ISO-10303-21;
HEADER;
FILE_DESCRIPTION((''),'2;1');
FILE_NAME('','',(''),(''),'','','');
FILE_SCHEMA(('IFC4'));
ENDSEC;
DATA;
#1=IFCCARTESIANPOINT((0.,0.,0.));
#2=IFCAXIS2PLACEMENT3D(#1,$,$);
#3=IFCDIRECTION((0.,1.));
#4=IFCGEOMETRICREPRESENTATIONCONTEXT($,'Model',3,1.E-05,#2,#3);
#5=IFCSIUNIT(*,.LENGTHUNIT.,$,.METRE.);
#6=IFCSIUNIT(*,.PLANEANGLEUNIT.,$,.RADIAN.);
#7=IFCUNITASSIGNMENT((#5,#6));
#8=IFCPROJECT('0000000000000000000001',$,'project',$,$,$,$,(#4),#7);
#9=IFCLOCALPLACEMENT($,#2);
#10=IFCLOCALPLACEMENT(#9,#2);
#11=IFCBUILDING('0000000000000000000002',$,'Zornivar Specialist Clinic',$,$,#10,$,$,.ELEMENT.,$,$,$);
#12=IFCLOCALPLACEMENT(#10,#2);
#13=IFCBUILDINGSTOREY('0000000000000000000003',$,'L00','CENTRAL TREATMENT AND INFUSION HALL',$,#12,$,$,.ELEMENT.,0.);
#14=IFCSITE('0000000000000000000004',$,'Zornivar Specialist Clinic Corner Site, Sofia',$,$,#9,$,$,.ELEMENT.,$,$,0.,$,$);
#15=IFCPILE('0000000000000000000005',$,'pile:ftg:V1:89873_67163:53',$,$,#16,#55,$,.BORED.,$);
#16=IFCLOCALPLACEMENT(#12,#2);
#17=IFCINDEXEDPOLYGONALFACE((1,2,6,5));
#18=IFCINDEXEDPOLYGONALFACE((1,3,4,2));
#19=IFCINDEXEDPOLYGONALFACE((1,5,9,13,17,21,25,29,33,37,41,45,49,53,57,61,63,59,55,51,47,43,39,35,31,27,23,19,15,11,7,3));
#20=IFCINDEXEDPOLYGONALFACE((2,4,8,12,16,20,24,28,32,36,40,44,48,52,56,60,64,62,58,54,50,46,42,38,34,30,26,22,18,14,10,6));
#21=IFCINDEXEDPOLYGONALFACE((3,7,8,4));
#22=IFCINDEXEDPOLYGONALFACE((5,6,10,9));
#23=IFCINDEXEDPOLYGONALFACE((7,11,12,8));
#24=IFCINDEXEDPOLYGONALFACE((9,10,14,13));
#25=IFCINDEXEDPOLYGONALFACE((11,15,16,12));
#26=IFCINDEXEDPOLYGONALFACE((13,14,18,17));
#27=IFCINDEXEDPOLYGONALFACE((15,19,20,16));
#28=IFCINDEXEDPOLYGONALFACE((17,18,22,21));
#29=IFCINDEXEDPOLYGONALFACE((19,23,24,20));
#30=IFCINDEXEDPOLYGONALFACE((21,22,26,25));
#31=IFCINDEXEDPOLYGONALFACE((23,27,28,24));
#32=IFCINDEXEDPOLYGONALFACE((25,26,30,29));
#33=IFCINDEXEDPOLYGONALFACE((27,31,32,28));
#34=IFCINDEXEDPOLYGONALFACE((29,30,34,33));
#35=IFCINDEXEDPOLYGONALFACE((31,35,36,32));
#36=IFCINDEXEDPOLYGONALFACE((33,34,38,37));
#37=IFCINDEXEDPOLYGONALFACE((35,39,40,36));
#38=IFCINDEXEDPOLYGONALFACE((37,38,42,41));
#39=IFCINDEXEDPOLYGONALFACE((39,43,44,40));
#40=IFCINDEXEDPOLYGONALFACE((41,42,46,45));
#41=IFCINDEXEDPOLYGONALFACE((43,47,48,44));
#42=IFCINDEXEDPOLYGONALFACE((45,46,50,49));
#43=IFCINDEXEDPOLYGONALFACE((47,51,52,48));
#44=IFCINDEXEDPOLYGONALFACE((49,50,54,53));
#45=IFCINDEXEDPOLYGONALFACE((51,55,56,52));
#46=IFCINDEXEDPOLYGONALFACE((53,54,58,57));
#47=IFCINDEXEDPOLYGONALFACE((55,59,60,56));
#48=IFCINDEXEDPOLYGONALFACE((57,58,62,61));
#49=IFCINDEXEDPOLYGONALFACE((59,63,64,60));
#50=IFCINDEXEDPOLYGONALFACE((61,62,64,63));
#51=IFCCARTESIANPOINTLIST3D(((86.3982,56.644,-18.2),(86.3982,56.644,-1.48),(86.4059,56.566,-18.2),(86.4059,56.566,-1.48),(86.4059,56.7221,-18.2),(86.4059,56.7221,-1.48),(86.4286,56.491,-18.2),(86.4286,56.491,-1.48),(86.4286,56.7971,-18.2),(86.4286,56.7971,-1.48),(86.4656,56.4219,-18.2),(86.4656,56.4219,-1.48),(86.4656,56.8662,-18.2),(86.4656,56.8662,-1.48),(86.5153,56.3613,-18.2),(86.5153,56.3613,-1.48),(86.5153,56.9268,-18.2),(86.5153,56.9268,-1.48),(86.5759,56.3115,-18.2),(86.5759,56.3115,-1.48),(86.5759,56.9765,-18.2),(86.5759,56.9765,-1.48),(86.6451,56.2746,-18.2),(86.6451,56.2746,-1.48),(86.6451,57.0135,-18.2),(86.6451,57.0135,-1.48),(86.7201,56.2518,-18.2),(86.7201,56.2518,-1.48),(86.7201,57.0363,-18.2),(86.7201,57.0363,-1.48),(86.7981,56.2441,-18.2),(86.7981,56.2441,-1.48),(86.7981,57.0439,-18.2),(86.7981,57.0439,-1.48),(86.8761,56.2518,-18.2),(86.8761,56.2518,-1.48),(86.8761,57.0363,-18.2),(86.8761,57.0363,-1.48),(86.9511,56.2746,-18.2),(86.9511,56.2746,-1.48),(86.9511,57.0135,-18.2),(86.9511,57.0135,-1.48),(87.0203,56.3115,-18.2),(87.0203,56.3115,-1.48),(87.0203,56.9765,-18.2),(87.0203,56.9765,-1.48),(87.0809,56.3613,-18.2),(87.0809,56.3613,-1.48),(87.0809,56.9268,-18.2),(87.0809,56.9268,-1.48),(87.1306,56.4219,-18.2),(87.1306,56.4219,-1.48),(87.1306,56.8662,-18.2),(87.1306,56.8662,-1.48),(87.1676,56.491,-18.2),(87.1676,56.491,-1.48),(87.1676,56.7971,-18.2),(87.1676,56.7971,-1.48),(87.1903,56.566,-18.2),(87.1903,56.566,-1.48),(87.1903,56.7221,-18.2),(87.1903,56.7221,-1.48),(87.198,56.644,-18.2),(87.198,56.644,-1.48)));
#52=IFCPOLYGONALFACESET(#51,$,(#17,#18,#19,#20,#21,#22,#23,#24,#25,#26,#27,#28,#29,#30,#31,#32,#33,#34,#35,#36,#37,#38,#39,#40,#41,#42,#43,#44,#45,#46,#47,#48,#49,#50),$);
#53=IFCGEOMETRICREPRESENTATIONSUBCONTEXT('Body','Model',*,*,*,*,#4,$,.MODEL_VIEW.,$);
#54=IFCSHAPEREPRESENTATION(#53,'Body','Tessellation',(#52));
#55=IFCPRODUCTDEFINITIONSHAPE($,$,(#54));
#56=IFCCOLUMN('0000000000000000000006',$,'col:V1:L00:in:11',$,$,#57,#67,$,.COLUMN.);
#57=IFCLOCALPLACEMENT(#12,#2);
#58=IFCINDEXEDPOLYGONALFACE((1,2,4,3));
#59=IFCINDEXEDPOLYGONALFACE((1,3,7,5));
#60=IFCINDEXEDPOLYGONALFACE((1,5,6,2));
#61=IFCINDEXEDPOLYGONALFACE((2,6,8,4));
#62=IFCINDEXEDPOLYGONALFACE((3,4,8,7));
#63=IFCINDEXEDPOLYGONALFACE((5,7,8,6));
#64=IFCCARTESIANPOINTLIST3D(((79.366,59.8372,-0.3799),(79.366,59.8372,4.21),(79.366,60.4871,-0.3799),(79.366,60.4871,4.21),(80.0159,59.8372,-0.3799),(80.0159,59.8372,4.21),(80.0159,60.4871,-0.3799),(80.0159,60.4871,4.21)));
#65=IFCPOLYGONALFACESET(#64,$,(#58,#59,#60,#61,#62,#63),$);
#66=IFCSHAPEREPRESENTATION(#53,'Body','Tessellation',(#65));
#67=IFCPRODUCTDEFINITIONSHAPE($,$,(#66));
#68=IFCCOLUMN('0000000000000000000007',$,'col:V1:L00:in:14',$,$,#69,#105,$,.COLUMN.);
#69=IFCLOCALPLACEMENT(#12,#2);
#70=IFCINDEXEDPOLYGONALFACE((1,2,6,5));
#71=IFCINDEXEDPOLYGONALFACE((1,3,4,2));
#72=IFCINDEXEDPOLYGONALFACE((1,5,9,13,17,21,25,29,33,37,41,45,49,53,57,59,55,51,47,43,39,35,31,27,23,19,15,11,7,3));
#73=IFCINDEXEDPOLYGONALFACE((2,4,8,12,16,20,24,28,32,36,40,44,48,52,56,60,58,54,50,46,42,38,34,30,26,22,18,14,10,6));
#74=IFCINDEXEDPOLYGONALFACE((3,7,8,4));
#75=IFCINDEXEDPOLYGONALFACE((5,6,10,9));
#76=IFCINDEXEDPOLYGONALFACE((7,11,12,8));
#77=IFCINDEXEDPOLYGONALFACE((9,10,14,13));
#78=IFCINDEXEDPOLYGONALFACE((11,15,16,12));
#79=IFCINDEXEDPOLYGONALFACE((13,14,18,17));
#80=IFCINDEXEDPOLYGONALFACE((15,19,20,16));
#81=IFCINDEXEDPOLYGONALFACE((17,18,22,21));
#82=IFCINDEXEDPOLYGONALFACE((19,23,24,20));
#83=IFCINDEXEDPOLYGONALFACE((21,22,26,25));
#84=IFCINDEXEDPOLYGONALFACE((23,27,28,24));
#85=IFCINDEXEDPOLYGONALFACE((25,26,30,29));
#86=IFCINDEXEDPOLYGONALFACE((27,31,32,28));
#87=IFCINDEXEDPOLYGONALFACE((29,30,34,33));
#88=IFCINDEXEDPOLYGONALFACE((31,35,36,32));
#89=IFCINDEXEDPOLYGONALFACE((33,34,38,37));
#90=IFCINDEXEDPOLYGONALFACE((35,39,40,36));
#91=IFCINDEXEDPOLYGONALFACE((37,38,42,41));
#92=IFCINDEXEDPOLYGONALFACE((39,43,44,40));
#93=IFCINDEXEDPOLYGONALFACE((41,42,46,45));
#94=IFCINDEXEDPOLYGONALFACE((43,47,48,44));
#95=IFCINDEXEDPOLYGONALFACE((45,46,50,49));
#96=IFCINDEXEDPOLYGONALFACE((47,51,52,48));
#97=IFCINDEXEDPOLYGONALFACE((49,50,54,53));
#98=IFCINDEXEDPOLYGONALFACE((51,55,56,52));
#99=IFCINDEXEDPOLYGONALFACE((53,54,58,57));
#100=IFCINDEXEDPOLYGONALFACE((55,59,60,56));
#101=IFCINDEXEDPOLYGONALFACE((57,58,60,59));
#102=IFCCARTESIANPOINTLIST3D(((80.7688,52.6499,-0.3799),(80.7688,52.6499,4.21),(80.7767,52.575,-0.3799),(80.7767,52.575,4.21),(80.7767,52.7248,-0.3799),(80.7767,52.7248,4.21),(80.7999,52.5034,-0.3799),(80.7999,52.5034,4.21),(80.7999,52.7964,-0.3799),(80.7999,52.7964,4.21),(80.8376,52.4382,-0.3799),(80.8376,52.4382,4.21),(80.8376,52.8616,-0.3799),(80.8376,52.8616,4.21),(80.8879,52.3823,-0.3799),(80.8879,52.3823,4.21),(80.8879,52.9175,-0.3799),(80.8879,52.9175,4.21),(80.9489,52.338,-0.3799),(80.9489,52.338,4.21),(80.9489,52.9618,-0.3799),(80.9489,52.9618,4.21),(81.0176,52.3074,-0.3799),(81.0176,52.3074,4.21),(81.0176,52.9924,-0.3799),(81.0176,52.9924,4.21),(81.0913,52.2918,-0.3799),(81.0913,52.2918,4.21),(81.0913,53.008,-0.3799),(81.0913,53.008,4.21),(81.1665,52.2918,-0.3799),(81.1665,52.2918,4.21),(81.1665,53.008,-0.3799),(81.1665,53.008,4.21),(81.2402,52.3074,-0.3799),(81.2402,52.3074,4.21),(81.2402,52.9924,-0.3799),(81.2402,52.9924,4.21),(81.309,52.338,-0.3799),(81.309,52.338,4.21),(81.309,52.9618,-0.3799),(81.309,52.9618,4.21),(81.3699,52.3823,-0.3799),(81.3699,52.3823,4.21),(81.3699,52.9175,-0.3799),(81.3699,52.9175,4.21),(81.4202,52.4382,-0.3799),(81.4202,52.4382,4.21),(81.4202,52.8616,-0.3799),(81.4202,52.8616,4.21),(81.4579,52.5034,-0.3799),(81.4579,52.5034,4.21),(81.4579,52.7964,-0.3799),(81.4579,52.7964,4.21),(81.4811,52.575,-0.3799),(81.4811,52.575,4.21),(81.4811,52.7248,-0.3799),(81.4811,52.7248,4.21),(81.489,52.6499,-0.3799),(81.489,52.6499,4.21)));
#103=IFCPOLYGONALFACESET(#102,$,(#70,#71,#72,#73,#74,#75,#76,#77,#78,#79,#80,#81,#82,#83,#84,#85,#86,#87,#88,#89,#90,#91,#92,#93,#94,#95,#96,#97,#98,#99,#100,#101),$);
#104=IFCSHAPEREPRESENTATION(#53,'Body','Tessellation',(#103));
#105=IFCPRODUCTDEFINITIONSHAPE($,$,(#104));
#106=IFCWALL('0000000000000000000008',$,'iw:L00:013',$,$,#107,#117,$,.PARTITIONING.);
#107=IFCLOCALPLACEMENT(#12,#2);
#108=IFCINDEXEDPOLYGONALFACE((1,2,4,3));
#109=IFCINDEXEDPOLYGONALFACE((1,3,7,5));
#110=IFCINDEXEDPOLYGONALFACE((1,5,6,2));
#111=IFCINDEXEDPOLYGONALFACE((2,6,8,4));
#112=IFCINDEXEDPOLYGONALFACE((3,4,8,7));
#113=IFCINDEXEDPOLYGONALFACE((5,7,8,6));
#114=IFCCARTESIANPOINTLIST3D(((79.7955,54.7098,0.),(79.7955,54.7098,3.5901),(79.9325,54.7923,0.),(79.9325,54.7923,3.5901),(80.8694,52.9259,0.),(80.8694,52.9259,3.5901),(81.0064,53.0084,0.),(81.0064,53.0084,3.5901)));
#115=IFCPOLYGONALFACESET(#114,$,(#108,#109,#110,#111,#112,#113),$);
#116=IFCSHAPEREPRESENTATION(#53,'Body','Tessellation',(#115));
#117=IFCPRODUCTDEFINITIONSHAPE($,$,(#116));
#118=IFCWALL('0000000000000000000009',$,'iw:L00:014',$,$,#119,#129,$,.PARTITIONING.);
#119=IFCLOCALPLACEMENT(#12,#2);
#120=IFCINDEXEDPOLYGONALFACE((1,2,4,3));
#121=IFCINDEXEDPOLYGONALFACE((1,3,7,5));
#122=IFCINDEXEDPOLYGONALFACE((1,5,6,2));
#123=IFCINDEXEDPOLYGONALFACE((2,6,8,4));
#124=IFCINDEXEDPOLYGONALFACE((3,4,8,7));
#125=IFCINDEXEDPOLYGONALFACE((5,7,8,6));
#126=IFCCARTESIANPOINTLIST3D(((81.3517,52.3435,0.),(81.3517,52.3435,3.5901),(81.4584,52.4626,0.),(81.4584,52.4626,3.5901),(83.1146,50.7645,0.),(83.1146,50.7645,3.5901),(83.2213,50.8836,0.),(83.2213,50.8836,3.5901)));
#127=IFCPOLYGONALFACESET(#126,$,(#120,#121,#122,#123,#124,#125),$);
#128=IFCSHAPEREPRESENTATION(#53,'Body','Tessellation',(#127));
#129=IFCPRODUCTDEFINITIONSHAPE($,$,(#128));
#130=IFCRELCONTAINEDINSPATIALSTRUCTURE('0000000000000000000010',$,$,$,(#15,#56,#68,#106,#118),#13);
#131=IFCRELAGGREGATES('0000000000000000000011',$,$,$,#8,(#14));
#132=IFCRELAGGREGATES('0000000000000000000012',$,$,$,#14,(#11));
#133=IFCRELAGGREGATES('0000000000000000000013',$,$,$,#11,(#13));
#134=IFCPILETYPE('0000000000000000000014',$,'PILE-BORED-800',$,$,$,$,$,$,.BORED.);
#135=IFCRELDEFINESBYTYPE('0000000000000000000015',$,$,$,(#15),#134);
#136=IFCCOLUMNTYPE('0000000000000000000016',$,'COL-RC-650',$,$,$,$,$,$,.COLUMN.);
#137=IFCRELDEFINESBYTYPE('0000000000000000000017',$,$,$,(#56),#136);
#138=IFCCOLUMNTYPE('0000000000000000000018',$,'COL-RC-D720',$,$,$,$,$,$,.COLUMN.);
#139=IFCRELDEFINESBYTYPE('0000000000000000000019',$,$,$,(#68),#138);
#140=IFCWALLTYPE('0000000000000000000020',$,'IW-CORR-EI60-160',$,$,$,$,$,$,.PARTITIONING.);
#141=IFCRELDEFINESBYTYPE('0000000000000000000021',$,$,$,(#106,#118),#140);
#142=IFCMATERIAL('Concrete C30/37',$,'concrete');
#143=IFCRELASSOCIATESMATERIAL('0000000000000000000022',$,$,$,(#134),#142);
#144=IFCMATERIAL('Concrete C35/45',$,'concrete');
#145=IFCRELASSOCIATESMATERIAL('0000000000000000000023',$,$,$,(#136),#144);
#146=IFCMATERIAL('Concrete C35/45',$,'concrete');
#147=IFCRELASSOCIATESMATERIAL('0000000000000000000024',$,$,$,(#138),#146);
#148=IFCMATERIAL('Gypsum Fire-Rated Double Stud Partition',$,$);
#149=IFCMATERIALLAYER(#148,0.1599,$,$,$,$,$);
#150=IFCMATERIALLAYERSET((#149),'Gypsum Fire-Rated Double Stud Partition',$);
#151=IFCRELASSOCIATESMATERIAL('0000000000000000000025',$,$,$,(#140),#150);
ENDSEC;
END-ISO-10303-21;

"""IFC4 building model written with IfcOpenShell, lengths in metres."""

from ifc_helpers import new_model, si_unit, direction, frame, frame_2d, origin, origin_2d, place, context, subcontext, project, spatial, rectangle, circle, extrude, material, layer, layer_set, material_profile, profile_set, type_object, element, save


model = new_model("IFC4")

# Units and contexts
model_context = context("Model", 3, precision=1e-05, world=origin(), true_north=direction((0.0, 1.0)))
body_context = subcontext(model_context, "Body", "Model", "MODEL_VIEW")
ifc_project = project(units=[si_unit("LENGTHUNIT", "METRE"), si_unit("PLANEANGLEUNIT", "RADIAN")], contexts=[model_context])

# Site, building, storey
site_placement = place(None, origin())
site = spatial("IfcSite", under=ifc_project, at=site_placement, Name="Zornivar Specialist Clinic Corner Site, Sofia", CompositionType="ELEMENT", RefElevation=0.0)
building_placement = place(site_placement, origin())
building = spatial("IfcBuilding", under=site, at=building_placement, Name="Zornivar Specialist Clinic", CompositionType="ELEMENT")
storey_placement = place(building_placement, origin())
storey = spatial("IfcBuildingStorey", under=building, at=storey_placement, Name="L00", Description="CENTRAL TREATMENT AND INFUSION HALL", CompositionType="ELEMENT", Elevation=0.0)

# Pile
ifc_material_1 = material(Name="Concrete C30/37", Category="concrete")
ifc_material_profile_1 = material_profile(ifc_material_1, circle(Radius=0.3999, at=origin_2d()), Name="PILE D800")
ifc_profile_set_1 = profile_set([ifc_material_profile_1], Name="Concrete C30/37")
pile_type = type_object("IfcPileType", Name="PILE-BORED-800", PredefinedType="BORED", material=ifc_profile_set_1)
for number, where, z_axis, x_axis, name in (
    (1, (86.7981, 56.644, -1.48), (0.0, 0.0, -1.0), (1.0, 0.0, 0.0), "pile:ftg:V1:89873_67163:53"),
):
    element("IfcPile", number, at=place(storey_placement, frame(where, z_axis=z_axis, x_axis=x_axis)), inside=storey, type_object=pile_type, Name=name, PredefinedType="BORED", context=body_context, shape_type="SweptSolid", body=[
        extrude(circle(Radius=0.3999, at=origin_2d()), origin(), (0.0, 0.0, 1.0), 16.72),
    ])

# Columns
ifc_material_2 = material(Name="Concrete C35/45", Category="concrete")
ifc_material_profile_2 = material_profile(ifc_material_2, rectangle(XDim=0.6499, YDim=0.6499, at=origin_2d()), Name="RC 650x650")
ifc_profile_set_2 = profile_set([ifc_material_profile_2], Name="Concrete C35/45")
column_type_1 = type_object("IfcColumnType", Name="COL-RC-650", PredefinedType="COLUMN", material=ifc_profile_set_2)
column_1_placement = place(storey_placement, frame((79.6909, 60.1621, -0.3799), z_axis=(0.0, 0.0, 1.0), x_axis=(1.0, 0.0, 0.0)))
element("IfcColumn", 2, at=column_1_placement, inside=storey, type_object=column_type_1, Name="col:V1:L00:in:11", PredefinedType="COLUMN", context=body_context, shape_type="SweptSolid", body=[
    extrude(rectangle(XDim=0.6499, YDim=0.6499, at=origin_2d()), origin(), (0.0, 0.0, 1.0), 4.5898),
])
ifc_material_3 = material(Name="Concrete C35/45", Category="concrete")
ifc_material_profile_3 = material_profile(ifc_material_3, circle(Radius=0.3601, at=origin_2d()), Name="RC D720")
ifc_profile_set_3 = profile_set([ifc_material_profile_3], Name="Concrete C35/45")
column_type_2 = type_object("IfcColumnType", Name="COL-RC-D720", PredefinedType="COLUMN", material=ifc_profile_set_3)
column_2_placement = place(storey_placement, frame((81.1289, 52.6499, -0.3799), z_axis=(0.0, 0.0, 1.0), x_axis=(1.0, 0.0, 0.0)))
element("IfcColumn", 3, at=column_2_placement, inside=storey, type_object=column_type_2, Name="col:V1:L00:in:14", PredefinedType="COLUMN", context=body_context, shape_type="SweptSolid", body=[
    extrude(circle(Radius=0.3601, at=origin_2d()), origin(), (0.0, 0.0, 1.0), 4.5898),
])

# Walls
ifc_material_4 = material(Name="Gypsum Fire-Rated Double Stud Partition")
ifc_layer = layer(ifc_material_4, 0.1599)
ifc_layer_set = layer_set([ifc_layer], Name="Gypsum Fire-Rated Double Stud Partition")
wall_type = type_object("IfcWallType", Name="IW-CORR-EI60-160", PredefinedType="PARTITIONING", material=ifc_layer_set)
wall_1_placement = place(storey_placement, frame((79.864, 54.751, 0.0), z_axis=(0.0, 0.0, 1.0), x_axis=(0.515771, -0.856726, 0.0)))
element("IfcWall", 4, at=wall_1_placement, inside=storey, type_object=wall_type, Name="iw:L00:013", PredefinedType="PARTITIONING", context=body_context, shape_type="SweptSolid", body=[
    extrude(rectangle(XDim=2.0823, YDim=0.1599, at=frame_2d((1.041, 0.0))), origin(), (0.0, 0.0, 1.0), 3.5901),
])
wall_2_placement = place(storey_placement, frame((81.405, 52.4031, 0.0), z_axis=(0.0, 0.0, 1.0), x_axis=(0.744877, -0.667202, 0.0)))
element("IfcWall", 5, at=wall_2_placement, inside=storey, type_object=wall_type, Name="iw:L00:014", PredefinedType="PARTITIONING", context=body_context, shape_type="SweptSolid", body=[
    extrude(rectangle(XDim=2.3667, YDim=0.1599, at=frame_2d((1.1833, 0.0))), origin(), (0.0, 0.0, 1.0), 3.5901),
])

save(model, "model.ifc")
